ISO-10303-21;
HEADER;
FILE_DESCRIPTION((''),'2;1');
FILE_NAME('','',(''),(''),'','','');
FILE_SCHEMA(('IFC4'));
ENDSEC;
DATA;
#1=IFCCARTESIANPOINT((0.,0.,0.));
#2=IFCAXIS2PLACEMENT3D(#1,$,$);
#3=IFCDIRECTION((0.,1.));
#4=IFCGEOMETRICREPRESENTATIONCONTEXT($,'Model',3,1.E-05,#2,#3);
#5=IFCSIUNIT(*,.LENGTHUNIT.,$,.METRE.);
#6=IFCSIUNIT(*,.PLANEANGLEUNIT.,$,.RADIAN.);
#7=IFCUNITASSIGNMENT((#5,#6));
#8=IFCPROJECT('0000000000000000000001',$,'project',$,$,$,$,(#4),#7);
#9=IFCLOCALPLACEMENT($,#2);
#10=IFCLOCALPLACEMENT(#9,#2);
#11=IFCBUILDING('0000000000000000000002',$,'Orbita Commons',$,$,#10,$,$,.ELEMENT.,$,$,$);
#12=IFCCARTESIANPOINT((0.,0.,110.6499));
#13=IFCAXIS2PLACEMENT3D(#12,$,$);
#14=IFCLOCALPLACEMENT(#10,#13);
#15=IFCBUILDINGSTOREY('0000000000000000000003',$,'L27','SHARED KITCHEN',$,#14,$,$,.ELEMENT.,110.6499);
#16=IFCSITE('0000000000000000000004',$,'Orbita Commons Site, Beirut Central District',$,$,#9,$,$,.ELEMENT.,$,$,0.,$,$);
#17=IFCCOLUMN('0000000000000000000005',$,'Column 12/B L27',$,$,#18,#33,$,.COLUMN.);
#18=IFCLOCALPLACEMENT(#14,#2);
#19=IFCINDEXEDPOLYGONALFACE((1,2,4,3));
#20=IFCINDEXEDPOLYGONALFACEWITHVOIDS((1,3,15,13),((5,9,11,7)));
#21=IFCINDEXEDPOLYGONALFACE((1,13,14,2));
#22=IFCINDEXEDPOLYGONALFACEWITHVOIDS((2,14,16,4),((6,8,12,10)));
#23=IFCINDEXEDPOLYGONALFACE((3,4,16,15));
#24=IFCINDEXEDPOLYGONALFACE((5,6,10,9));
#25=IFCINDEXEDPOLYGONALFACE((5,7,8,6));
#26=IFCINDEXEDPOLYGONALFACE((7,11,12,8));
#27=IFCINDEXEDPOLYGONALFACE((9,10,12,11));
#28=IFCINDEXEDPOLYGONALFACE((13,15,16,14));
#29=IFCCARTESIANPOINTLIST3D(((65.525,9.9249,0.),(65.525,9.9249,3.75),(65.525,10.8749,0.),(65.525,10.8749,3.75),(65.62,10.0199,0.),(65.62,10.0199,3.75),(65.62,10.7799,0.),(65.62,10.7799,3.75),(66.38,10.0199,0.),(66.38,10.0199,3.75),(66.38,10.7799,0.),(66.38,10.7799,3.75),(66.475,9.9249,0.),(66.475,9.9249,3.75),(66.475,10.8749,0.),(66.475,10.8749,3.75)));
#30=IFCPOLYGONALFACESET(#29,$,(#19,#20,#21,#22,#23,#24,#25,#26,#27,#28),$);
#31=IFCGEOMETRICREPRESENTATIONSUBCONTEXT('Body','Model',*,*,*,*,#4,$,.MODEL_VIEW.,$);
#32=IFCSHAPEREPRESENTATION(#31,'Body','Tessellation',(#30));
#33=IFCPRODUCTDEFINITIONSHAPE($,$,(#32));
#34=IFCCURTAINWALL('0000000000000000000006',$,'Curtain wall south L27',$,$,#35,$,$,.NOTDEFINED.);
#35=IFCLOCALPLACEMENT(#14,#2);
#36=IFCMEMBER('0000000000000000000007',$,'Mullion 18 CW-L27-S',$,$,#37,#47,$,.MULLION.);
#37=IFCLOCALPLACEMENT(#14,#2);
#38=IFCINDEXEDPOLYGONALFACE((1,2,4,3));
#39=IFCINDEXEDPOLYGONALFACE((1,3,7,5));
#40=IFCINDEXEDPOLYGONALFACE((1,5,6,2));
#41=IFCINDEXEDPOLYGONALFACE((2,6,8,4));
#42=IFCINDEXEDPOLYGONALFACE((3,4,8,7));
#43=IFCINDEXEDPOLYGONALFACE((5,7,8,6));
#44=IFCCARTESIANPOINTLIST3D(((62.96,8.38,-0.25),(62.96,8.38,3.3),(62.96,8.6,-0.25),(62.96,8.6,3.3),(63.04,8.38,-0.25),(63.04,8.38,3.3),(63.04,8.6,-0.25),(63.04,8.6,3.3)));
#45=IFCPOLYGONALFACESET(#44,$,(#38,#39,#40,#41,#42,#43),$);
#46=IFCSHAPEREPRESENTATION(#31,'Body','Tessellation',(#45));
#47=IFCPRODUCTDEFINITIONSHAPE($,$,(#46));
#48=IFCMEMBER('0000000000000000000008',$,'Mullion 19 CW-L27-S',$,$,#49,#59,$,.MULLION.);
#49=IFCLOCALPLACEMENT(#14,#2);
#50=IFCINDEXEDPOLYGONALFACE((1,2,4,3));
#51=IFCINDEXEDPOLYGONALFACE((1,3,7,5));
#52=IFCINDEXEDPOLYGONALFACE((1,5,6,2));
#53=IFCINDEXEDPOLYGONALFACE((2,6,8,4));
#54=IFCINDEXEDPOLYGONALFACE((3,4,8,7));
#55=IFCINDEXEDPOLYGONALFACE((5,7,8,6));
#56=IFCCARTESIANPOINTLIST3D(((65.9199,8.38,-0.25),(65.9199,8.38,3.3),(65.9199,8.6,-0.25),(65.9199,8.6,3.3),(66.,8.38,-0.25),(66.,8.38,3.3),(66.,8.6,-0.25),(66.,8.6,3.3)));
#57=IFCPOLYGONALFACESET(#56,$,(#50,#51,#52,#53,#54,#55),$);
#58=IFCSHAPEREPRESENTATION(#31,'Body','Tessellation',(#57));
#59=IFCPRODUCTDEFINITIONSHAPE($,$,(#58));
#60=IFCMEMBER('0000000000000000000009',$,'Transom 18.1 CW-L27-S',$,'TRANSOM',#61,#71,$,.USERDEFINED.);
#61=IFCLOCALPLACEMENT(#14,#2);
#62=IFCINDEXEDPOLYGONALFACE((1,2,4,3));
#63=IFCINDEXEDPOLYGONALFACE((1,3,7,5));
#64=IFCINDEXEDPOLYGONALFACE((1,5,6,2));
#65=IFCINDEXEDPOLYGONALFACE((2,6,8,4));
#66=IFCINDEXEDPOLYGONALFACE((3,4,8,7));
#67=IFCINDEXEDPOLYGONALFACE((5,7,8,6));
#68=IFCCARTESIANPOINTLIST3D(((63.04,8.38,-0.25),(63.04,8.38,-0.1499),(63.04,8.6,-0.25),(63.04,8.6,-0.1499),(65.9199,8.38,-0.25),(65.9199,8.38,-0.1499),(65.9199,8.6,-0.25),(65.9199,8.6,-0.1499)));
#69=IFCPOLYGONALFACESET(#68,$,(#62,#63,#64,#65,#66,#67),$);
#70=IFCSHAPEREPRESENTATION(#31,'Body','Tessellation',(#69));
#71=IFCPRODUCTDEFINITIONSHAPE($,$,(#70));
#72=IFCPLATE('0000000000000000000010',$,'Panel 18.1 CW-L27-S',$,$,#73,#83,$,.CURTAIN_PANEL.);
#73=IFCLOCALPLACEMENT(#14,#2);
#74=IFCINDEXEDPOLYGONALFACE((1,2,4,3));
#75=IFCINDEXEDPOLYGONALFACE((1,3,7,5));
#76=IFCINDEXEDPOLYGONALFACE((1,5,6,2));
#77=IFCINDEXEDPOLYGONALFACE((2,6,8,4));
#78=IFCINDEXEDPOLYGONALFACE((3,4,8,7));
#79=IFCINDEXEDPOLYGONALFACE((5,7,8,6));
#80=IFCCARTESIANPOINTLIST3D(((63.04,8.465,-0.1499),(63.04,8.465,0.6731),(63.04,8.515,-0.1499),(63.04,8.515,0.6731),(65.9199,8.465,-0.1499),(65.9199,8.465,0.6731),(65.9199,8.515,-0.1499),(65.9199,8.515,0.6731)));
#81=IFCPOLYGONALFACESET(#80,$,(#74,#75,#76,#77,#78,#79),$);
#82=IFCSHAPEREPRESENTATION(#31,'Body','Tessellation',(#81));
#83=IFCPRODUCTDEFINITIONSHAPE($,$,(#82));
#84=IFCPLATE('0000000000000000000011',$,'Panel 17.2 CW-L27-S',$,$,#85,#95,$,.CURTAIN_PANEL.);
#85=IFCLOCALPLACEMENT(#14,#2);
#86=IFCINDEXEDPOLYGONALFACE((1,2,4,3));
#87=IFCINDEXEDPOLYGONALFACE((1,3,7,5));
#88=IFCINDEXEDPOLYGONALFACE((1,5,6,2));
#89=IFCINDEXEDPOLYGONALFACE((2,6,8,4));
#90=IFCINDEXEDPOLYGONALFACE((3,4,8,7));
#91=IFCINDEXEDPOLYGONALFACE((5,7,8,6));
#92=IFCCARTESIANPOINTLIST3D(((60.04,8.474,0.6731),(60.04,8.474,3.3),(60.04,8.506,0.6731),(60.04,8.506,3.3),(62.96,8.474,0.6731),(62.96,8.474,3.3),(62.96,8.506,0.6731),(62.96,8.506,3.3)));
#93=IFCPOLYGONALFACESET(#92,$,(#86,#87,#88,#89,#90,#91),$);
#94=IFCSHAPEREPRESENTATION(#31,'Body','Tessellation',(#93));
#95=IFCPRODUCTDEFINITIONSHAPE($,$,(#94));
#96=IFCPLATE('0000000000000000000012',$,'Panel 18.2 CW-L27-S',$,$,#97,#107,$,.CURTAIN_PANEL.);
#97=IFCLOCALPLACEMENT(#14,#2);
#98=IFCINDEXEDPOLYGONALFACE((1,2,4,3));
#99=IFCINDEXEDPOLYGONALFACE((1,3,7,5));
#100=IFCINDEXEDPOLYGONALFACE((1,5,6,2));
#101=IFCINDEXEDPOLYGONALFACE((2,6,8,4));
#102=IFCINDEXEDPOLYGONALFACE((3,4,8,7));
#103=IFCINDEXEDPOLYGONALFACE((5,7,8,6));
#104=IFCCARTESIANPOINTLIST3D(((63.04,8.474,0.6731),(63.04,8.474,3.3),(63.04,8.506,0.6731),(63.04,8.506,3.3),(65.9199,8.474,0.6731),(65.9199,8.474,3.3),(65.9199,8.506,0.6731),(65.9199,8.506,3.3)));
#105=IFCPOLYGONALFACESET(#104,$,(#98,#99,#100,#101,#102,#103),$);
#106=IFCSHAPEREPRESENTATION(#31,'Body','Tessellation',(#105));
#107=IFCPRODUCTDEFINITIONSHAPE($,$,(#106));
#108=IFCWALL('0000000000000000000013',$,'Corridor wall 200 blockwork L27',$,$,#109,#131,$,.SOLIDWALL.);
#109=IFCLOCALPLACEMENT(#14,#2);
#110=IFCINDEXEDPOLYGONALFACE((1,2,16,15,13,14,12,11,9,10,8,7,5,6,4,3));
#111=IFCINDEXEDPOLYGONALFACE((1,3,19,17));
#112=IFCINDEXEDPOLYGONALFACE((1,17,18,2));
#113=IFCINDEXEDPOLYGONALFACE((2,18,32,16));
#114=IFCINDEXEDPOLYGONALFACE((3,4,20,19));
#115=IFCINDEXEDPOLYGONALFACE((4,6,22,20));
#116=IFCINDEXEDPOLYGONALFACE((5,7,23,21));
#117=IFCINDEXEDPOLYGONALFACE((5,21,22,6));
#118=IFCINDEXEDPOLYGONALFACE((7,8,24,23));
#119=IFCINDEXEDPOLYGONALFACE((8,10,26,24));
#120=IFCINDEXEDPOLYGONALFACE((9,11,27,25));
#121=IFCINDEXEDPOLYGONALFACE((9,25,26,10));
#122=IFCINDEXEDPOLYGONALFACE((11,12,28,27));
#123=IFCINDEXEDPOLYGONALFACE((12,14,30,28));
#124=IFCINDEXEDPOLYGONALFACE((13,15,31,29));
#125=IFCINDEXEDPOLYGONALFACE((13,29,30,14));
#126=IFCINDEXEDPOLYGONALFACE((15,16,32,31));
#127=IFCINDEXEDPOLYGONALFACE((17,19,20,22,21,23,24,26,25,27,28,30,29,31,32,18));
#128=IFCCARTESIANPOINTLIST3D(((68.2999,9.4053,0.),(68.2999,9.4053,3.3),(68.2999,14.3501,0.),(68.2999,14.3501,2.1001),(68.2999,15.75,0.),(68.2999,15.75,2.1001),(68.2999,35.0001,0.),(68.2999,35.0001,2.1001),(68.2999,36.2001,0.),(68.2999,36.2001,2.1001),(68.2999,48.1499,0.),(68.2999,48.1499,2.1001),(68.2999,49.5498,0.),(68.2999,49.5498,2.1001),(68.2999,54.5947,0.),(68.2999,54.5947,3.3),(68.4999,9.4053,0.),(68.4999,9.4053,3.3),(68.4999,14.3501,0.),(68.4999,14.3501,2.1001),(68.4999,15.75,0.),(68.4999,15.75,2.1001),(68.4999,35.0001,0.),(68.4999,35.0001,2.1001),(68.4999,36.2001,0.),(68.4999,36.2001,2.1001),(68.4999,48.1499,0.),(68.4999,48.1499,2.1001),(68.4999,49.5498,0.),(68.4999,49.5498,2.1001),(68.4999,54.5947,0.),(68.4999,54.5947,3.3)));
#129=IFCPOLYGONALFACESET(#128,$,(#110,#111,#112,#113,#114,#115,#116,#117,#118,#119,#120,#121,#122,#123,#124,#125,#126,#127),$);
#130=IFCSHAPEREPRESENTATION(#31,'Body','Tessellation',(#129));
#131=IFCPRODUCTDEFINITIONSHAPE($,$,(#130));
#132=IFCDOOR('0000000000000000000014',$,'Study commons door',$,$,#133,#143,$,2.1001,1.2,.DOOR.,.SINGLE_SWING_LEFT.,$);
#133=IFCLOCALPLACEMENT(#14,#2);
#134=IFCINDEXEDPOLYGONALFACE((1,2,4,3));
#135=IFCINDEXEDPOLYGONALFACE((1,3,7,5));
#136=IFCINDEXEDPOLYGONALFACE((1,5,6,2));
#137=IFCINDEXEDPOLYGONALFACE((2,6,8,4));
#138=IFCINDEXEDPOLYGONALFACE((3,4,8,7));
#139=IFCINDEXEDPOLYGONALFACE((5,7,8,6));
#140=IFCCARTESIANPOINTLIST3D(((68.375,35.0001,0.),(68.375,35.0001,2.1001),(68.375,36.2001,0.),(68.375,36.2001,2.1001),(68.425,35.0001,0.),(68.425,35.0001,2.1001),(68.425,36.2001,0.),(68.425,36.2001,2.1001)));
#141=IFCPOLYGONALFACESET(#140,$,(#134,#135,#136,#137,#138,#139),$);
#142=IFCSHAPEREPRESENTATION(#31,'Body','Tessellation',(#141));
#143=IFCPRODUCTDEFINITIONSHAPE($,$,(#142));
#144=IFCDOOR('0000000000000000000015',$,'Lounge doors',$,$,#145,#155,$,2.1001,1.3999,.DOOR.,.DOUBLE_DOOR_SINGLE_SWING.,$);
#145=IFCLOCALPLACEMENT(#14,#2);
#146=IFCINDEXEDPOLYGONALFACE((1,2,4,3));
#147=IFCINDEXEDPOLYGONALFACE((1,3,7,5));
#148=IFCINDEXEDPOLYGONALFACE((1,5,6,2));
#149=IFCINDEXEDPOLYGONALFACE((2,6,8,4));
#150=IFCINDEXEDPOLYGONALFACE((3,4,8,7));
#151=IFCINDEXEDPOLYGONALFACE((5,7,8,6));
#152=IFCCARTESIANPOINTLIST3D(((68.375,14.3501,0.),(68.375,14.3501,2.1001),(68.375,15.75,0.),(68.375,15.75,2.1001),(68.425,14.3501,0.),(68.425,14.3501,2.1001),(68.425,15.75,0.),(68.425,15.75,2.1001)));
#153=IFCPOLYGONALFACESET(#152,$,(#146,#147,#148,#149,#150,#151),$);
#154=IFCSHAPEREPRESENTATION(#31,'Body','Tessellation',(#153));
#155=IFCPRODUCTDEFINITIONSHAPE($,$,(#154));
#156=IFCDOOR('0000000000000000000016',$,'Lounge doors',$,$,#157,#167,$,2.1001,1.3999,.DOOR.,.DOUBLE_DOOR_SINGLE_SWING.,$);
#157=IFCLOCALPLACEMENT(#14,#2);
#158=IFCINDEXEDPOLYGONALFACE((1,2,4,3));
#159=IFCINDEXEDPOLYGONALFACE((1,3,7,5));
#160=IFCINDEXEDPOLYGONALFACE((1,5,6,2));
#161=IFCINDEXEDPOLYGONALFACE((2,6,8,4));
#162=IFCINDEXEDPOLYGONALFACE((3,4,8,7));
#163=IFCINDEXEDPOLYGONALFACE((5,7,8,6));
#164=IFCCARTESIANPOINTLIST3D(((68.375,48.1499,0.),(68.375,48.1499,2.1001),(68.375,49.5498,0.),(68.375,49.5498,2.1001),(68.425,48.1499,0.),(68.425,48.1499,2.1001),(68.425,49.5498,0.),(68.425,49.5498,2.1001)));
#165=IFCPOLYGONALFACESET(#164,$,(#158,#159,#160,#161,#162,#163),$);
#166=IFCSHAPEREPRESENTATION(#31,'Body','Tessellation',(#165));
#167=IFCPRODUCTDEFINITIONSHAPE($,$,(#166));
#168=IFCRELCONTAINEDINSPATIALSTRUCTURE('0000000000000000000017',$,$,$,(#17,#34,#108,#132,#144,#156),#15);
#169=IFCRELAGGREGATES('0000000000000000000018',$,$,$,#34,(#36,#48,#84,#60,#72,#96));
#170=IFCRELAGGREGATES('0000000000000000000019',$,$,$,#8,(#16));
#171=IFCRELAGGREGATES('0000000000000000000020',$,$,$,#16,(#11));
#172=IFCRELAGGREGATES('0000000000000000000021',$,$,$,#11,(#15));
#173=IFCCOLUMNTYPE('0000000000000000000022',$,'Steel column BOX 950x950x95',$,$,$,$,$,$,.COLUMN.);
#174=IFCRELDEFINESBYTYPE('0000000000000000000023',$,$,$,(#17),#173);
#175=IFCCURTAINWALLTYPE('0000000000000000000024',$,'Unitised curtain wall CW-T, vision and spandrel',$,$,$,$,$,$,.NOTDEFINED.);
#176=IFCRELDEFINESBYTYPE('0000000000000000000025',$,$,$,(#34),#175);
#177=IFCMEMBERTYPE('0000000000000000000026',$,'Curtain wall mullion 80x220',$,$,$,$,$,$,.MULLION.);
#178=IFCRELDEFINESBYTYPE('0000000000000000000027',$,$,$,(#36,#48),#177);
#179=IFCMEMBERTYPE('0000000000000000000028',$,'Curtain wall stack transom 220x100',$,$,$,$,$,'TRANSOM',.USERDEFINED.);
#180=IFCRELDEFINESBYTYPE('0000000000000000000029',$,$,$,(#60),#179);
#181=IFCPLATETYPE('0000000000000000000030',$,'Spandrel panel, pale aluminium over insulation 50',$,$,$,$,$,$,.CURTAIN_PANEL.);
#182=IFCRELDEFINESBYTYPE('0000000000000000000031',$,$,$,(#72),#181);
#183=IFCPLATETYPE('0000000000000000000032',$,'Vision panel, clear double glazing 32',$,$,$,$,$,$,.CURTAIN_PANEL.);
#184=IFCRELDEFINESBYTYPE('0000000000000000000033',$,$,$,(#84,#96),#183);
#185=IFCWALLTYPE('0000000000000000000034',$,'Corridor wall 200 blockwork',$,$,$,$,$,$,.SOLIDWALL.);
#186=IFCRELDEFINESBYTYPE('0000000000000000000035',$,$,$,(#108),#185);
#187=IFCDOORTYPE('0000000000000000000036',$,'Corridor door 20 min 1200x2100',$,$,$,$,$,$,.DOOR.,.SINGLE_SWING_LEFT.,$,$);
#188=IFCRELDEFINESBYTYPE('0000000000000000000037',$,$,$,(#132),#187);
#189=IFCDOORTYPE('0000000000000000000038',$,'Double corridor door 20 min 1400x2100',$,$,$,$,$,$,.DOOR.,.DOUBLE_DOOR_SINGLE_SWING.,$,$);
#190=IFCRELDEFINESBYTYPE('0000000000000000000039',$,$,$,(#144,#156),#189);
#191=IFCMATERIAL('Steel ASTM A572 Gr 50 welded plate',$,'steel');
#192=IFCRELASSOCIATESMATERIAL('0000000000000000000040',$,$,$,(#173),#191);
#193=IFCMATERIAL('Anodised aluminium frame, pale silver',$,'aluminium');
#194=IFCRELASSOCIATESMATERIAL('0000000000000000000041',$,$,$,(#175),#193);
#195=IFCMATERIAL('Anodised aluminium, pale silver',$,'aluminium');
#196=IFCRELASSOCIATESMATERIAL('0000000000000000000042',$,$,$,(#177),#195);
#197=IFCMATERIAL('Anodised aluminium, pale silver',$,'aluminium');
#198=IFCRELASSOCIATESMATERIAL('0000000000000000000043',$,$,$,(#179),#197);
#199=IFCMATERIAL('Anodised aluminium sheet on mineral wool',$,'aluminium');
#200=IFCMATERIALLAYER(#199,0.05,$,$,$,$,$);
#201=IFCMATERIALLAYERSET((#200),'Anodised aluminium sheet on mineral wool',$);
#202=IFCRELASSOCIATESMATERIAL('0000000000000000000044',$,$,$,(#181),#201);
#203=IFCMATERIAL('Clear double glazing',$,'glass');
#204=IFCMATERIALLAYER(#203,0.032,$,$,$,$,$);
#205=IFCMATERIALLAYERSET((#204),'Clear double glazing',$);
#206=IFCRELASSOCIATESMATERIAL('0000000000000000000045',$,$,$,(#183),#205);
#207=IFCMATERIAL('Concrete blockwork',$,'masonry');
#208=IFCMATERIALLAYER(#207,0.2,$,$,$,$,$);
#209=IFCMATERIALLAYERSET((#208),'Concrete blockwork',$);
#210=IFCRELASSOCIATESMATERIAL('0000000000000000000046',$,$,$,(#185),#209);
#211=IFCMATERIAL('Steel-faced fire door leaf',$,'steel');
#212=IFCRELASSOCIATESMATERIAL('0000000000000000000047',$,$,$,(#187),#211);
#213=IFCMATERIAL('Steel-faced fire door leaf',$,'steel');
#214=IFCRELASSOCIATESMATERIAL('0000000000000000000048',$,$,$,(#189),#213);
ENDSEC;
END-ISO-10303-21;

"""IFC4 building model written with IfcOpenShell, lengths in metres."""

from ifc_helpers import new_model, si_unit, direction, frame, frame_2d, origin, origin_2d, place, context, subcontext, project, spatial, rectangle, hollow_rectangle, extrude, material, layer, layer_set, material_profile, profile_set, type_object, element, fill, aggregate, save


model = new_model("IFC4")

# Units and contexts
model_context = context("Model", 3, precision=1e-05, world=origin(), true_north=direction((0.0, 1.0)))
body_context = subcontext(model_context, "Body", "Model", "MODEL_VIEW")
ifc_project = project(units=[si_unit("LENGTHUNIT", "METRE"), si_unit("PLANEANGLEUNIT", "RADIAN")], contexts=[model_context])

# Site, building, storey
site_placement = place(None, origin())
site = spatial("IfcSite", under=ifc_project, at=site_placement, Name="Orbita Commons Site, Beirut Central District", CompositionType="ELEMENT", RefElevation=0.0)
building_placement = place(site_placement, origin())
building = spatial("IfcBuilding", under=site, at=building_placement, Name="Orbita Commons", CompositionType="ELEMENT")
storey_placement = place(building_placement, frame((0.0, 0.0, 110.6499)))
storey = spatial("IfcBuildingStorey", under=building, at=storey_placement, Name="L27", Description="SHARED KITCHEN", CompositionType="ELEMENT", Elevation=110.6499)

# Column
ifc_material_1 = material(Name="Steel ASTM A572 Gr 50 welded plate", Category="steel")
ifc_material_profile_1 = material_profile(ifc_material_1, hollow_rectangle(XDim=0.95, YDim=0.95, WallThickness=0.095, at=origin_2d()), Name="BOX 950x950x95")
ifc_profile_set_1 = profile_set([ifc_material_profile_1], Name="Steel ASTM A572 Gr 50 welded plate")
column_type = type_object("IfcColumnType", Name="Steel column BOX 950x950x95", PredefinedType="COLUMN", material=ifc_profile_set_1)
column_placement = place(storey_placement, frame((66.0, 10.3999, 0.0), z_axis=(0.0, 0.0, 1.0), x_axis=(1.0, 0.0, 0.0)))
element("IfcColumn", 1, at=column_placement, inside=storey, type_object=column_type, Name="Column 12/B L27", PredefinedType="COLUMN", context=body_context, shape_type="SweptSolid", body=[
    extrude(hollow_rectangle(XDim=0.95, YDim=0.95, WallThickness=0.095, at=origin_2d()), origin(), (0.0, 0.0, 1.0), 3.75),
])

# Curtain wall, members, plates
ifc_material_2 = material(Name="Anodised aluminium frame, pale silver", Category="aluminium")
curtain_wall_type = type_object("IfcCurtainWallType", Name="Unitised curtain wall CW-T, vision and spandrel", PredefinedType="NOTDEFINED", material=ifc_material_2)
curtain_wall_placement = place(storey_placement, origin())
curtain_wall = element("IfcCurtainWall", 2, at=curtain_wall_placement, inside=storey, type_object=curtain_wall_type, Name="Curtain wall south L27", PredefinedType="NOTDEFINED")
ifc_material_3 = material(Name="Anodised aluminium, pale silver", Category="aluminium")
ifc_material_profile_2 = material_profile(ifc_material_3, rectangle(XDim=0.0801, YDim=0.22, at=origin_2d()), Name="AL 80x220")
ifc_profile_set_2 = profile_set([ifc_material_profile_2], Name="Anodised aluminium, pale silver")
member_type_1 = type_object("IfcMemberType", Name="Curtain wall mullion 80x220", PredefinedType="MULLION", material=ifc_profile_set_2)
member_1_placement = place(storey_placement, frame((63.0, 8.49, -0.25), z_axis=(0.0, 0.0, 1.0), x_axis=(1.0, 0.0, 0.0)))
member_1 = element("IfcMember", 3, at=member_1_placement, type_object=member_type_1, Name="Mullion 18 CW-L27-S", PredefinedType="MULLION", context=body_context, shape_type="SweptSolid", body=[
    extrude(rectangle(XDim=0.0801, YDim=0.22, at=origin_2d()), origin(), (0.0, 0.0, 1.0), 3.55),
])
member_2_placement = place(storey_placement, frame((65.96, 8.49, -0.25), z_axis=(0.0, 0.0, 1.0), x_axis=(1.0, 0.0, 0.0)))
member_2 = element("IfcMember", 4, at=member_2_placement, type_object=member_type_1, Name="Mullion 19 CW-L27-S", PredefinedType="MULLION", context=body_context, shape_type="SweptSolid", body=[
    extrude(rectangle(XDim=0.0801, YDim=0.22, at=origin_2d()), origin(), (0.0, 0.0, 1.0), 3.55),
])
ifc_material_4 = material(Name="Anodised aluminium, pale silver", Category="aluminium")
ifc_material_profile_3 = material_profile(ifc_material_4, rectangle(XDim=0.22, YDim=0.1001, at=origin_2d()), Name="AL 220x100")
ifc_profile_set_3 = profile_set([ifc_material_profile_3], Name="Anodised aluminium, pale silver")
member_type_2 = type_object("IfcMemberType", Name="Curtain wall stack transom 220x100", ElementType="TRANSOM", PredefinedType="USERDEFINED", material=ifc_profile_set_3)
member_3_placement = place(storey_placement, frame((63.04, 8.49, -0.2), z_axis=(1.0, 0.0, 0.0), x_axis=(0.0, 1.0, 0.0)))
member_3 = element("IfcMember", 5, at=member_3_placement, type_object=member_type_2, Name="Transom 18.1 CW-L27-S", ObjectType="TRANSOM", PredefinedType="USERDEFINED", context=body_context, shape_type="SweptSolid", body=[
    extrude(rectangle(XDim=0.22, YDim=0.1001, at=origin_2d()), origin(), (0.0, 0.0, 1.0), 2.8799),
])
ifc_material_5 = material(Name="Anodised aluminium sheet on mineral wool", Category="aluminium")
ifc_layer_1 = layer(ifc_material_5, 0.05)
ifc_layer_set_1 = layer_set([ifc_layer_1], Name="Anodised aluminium sheet on mineral wool")
plate_type_1 = type_object("IfcPlateType", Name="Spandrel panel, pale aluminium over insulation 50", PredefinedType="CURTAIN_PANEL", material=ifc_layer_set_1)
plate_1_placement = place(storey_placement, frame((64.48, 8.49, -0.1499), z_axis=(0.0, 0.0, 1.0), x_axis=(1.0, 0.0, 0.0)))
plate_1 = element("IfcPlate", 6, at=plate_1_placement, type_object=plate_type_1, Name="Panel 18.1 CW-L27-S", PredefinedType="CURTAIN_PANEL", context=body_context, shape_type="SweptSolid", body=[
    extrude(rectangle(XDim=2.8799, YDim=0.05, at=origin_2d()), origin(), (0.0, 0.0, 1.0), 0.823),
])
ifc_material_6 = material(Name="Clear double glazing", Category="glass")
ifc_layer_2 = layer(ifc_material_6, 0.032)
ifc_layer_set_2 = layer_set([ifc_layer_2], Name="Clear double glazing")
plate_type_2 = type_object("IfcPlateType", Name="Vision panel, clear double glazing 32", PredefinedType="CURTAIN_PANEL", material=ifc_layer_set_2)
plate_2_placement = place(storey_placement, frame((61.5, 8.49, 0.6731), z_axis=(0.0, 0.0, 1.0), x_axis=(1.0, 0.0, 0.0)))
plate_2 = element("IfcPlate", 7, at=plate_2_placement, type_object=plate_type_2, Name="Panel 17.2 CW-L27-S", PredefinedType="CURTAIN_PANEL", context=body_context, shape_type="SweptSolid", body=[
    extrude(rectangle(XDim=2.9199, YDim=0.032, at=origin_2d()), origin(), (0.0, 0.0, 1.0), 2.627),
])
plate_3_placement = place(storey_placement, frame((64.48, 8.49, 0.6731), z_axis=(0.0, 0.0, 1.0), x_axis=(1.0, 0.0, 0.0)))
plate_3 = element("IfcPlate", 8, at=plate_3_placement, type_object=plate_type_2, Name="Panel 18.2 CW-L27-S", PredefinedType="CURTAIN_PANEL", context=body_context, shape_type="SweptSolid", body=[
    extrude(rectangle(XDim=2.8799, YDim=0.032, at=origin_2d()), origin(), (0.0, 0.0, 1.0), 2.627),
])
aggregate(curtain_wall, [member_1, member_2, plate_2, member_3, plate_1, plate_3])

# Wall, openings, doors
ifc_material_7 = material(Name="Concrete blockwork", Category="masonry")
ifc_layer_3 = layer(ifc_material_7, 0.2)
ifc_layer_set_3 = layer_set([ifc_layer_3], Name="Concrete blockwork")
wall_type_1 = type_object("IfcWallType", Name="Corridor wall 200 blockwork", PredefinedType="SOLIDWALL", material=ifc_layer_set_3)
wall_1_placement = place(storey_placement, frame((68.3999, 9.4053, 0.0), z_axis=(0.0, 0.0, 1.0), x_axis=(0.0, 1.0, 0.0)))
wall_1 = element("IfcWall", 9, at=wall_1_placement, inside=storey, type_object=wall_type_1, Name="Corridor wall 200 blockwork L27", PredefinedType="SOLIDWALL", context=body_context, shape_type="SweptSolid", body=[
    extrude(rectangle(XDim=45.1895, YDim=0.2, at=frame_2d((22.5947, 0.0))), origin(), (0.0, 0.0, 1.0), 3.3),
])
opening_1_placement = place(wall_1_placement, frame((25.5947, 0.0, 0.0)))
opening_1 = element("IfcOpeningElement", 10, at=opening_1_placement, cuts=wall_1, PredefinedType="OPENING", context=body_context, shape_type="SweptSolid", body=[
    extrude(rectangle(XDim=1.2, YDim=2.1001, at=frame_2d((0.6001, 1.05))), frame((0.0, 0.1099, 0.0), z_axis=(0.0, -1.0, 0.0), x_axis=(1.0, 0.0, 0.0)), (0.0, 0.0, 1.0), 0.22),
])
opening_2_placement = place(wall_1_placement, frame((4.9448, 0.0, 0.0)))
opening_2 = element("IfcOpeningElement", 11, at=opening_2_placement, cuts=wall_1, PredefinedType="OPENING", context=body_context, shape_type="SweptSolid", body=[
    extrude(rectangle(XDim=1.3999, YDim=2.1001, at=frame_2d((0.7, 1.05))), frame((0.0, 0.1099, 0.0), z_axis=(0.0, -1.0, 0.0), x_axis=(1.0, 0.0, 0.0)), (0.0, 0.0, 1.0), 0.22),
])
opening_3_placement = place(wall_1_placement, frame((38.7446, 0.0, 0.0)))
opening_3 = element("IfcOpeningElement", 12, at=opening_3_placement, cuts=wall_1, PredefinedType="OPENING", context=body_context, shape_type="SweptSolid", body=[
    extrude(rectangle(XDim=1.3999, YDim=2.1001, at=frame_2d((0.7, 1.05))), frame((0.0, 0.1099, 0.0), z_axis=(0.0, -1.0, 0.0), x_axis=(1.0, 0.0, 0.0)), (0.0, 0.0, 1.0), 0.22),
])
ifc_material_8 = material(Name="Steel-faced fire door leaf", Category="steel")
door_type_1 = type_object("IfcDoorType", Name="Corridor door 20 min 1200x2100", OperationType="SINGLE_SWING_LEFT", PredefinedType="DOOR", material=ifc_material_8)
door_1_placement = place(opening_1_placement, origin())
door_1 = element("IfcDoor", 13, at=door_1_placement, inside=storey, type_object=door_type_1, Name="Study commons door", OperationType="SINGLE_SWING_LEFT", OverallHeight=2.1001, OverallWidth=1.2, PredefinedType="DOOR", context=body_context, shape_type="SweptSolid", body=[
    extrude(rectangle(XDim=1.2, YDim=2.1001, at=frame_2d((0.6001, 1.05))), frame((0.0, 0.0249, 0.0), z_axis=(0.0, -1.0, 0.0), x_axis=(1.0, 0.0, 0.0)), (0.0, 0.0, 1.0), 0.05),
])
fill(opening_1, door_1)
ifc_material_9 = material(Name="Steel-faced fire door leaf", Category="steel")
door_type_2 = type_object("IfcDoorType", Name="Double corridor door 20 min 1400x2100", OperationType="DOUBLE_DOOR_SINGLE_SWING", PredefinedType="DOOR", material=ifc_material_9)
door_2_placement = place(opening_2_placement, origin())
door_2 = element("IfcDoor", 14, at=door_2_placement, inside=storey, type_object=door_type_2, Name="Lounge doors", OperationType="DOUBLE_DOOR_SINGLE_SWING", OverallHeight=2.1001, OverallWidth=1.3999, PredefinedType="DOOR", context=body_context, shape_type="SweptSolid", body=[
    extrude(rectangle(XDim=1.3999, YDim=2.1001, at=frame_2d((0.7, 1.05))), frame((0.0, 0.0249, 0.0), z_axis=(0.0, -1.0, 0.0), x_axis=(1.0, 0.0, 0.0)), (0.0, 0.0, 1.0), 0.05),
])
fill(opening_2, door_2)
door_3_placement = place(opening_3_placement, origin())
door_3 = element("IfcDoor", 15, at=door_3_placement, inside=storey, type_object=door_type_2, Name="Lounge doors", OperationType="DOUBLE_DOOR_SINGLE_SWING", OverallHeight=2.1001, OverallWidth=1.3999, PredefinedType="DOOR", context=body_context, shape_type="SweptSolid", body=[
    extrude(rectangle(XDim=1.3999, YDim=2.1001, at=frame_2d((0.7, 1.05))), frame((0.0, 0.0249, 0.0), z_axis=(0.0, -1.0, 0.0), x_axis=(1.0, 0.0, 0.0)), (0.0, 0.0, 1.0), 0.05),
])
fill(opening_3, door_3)

save(model, "model.ifc")
